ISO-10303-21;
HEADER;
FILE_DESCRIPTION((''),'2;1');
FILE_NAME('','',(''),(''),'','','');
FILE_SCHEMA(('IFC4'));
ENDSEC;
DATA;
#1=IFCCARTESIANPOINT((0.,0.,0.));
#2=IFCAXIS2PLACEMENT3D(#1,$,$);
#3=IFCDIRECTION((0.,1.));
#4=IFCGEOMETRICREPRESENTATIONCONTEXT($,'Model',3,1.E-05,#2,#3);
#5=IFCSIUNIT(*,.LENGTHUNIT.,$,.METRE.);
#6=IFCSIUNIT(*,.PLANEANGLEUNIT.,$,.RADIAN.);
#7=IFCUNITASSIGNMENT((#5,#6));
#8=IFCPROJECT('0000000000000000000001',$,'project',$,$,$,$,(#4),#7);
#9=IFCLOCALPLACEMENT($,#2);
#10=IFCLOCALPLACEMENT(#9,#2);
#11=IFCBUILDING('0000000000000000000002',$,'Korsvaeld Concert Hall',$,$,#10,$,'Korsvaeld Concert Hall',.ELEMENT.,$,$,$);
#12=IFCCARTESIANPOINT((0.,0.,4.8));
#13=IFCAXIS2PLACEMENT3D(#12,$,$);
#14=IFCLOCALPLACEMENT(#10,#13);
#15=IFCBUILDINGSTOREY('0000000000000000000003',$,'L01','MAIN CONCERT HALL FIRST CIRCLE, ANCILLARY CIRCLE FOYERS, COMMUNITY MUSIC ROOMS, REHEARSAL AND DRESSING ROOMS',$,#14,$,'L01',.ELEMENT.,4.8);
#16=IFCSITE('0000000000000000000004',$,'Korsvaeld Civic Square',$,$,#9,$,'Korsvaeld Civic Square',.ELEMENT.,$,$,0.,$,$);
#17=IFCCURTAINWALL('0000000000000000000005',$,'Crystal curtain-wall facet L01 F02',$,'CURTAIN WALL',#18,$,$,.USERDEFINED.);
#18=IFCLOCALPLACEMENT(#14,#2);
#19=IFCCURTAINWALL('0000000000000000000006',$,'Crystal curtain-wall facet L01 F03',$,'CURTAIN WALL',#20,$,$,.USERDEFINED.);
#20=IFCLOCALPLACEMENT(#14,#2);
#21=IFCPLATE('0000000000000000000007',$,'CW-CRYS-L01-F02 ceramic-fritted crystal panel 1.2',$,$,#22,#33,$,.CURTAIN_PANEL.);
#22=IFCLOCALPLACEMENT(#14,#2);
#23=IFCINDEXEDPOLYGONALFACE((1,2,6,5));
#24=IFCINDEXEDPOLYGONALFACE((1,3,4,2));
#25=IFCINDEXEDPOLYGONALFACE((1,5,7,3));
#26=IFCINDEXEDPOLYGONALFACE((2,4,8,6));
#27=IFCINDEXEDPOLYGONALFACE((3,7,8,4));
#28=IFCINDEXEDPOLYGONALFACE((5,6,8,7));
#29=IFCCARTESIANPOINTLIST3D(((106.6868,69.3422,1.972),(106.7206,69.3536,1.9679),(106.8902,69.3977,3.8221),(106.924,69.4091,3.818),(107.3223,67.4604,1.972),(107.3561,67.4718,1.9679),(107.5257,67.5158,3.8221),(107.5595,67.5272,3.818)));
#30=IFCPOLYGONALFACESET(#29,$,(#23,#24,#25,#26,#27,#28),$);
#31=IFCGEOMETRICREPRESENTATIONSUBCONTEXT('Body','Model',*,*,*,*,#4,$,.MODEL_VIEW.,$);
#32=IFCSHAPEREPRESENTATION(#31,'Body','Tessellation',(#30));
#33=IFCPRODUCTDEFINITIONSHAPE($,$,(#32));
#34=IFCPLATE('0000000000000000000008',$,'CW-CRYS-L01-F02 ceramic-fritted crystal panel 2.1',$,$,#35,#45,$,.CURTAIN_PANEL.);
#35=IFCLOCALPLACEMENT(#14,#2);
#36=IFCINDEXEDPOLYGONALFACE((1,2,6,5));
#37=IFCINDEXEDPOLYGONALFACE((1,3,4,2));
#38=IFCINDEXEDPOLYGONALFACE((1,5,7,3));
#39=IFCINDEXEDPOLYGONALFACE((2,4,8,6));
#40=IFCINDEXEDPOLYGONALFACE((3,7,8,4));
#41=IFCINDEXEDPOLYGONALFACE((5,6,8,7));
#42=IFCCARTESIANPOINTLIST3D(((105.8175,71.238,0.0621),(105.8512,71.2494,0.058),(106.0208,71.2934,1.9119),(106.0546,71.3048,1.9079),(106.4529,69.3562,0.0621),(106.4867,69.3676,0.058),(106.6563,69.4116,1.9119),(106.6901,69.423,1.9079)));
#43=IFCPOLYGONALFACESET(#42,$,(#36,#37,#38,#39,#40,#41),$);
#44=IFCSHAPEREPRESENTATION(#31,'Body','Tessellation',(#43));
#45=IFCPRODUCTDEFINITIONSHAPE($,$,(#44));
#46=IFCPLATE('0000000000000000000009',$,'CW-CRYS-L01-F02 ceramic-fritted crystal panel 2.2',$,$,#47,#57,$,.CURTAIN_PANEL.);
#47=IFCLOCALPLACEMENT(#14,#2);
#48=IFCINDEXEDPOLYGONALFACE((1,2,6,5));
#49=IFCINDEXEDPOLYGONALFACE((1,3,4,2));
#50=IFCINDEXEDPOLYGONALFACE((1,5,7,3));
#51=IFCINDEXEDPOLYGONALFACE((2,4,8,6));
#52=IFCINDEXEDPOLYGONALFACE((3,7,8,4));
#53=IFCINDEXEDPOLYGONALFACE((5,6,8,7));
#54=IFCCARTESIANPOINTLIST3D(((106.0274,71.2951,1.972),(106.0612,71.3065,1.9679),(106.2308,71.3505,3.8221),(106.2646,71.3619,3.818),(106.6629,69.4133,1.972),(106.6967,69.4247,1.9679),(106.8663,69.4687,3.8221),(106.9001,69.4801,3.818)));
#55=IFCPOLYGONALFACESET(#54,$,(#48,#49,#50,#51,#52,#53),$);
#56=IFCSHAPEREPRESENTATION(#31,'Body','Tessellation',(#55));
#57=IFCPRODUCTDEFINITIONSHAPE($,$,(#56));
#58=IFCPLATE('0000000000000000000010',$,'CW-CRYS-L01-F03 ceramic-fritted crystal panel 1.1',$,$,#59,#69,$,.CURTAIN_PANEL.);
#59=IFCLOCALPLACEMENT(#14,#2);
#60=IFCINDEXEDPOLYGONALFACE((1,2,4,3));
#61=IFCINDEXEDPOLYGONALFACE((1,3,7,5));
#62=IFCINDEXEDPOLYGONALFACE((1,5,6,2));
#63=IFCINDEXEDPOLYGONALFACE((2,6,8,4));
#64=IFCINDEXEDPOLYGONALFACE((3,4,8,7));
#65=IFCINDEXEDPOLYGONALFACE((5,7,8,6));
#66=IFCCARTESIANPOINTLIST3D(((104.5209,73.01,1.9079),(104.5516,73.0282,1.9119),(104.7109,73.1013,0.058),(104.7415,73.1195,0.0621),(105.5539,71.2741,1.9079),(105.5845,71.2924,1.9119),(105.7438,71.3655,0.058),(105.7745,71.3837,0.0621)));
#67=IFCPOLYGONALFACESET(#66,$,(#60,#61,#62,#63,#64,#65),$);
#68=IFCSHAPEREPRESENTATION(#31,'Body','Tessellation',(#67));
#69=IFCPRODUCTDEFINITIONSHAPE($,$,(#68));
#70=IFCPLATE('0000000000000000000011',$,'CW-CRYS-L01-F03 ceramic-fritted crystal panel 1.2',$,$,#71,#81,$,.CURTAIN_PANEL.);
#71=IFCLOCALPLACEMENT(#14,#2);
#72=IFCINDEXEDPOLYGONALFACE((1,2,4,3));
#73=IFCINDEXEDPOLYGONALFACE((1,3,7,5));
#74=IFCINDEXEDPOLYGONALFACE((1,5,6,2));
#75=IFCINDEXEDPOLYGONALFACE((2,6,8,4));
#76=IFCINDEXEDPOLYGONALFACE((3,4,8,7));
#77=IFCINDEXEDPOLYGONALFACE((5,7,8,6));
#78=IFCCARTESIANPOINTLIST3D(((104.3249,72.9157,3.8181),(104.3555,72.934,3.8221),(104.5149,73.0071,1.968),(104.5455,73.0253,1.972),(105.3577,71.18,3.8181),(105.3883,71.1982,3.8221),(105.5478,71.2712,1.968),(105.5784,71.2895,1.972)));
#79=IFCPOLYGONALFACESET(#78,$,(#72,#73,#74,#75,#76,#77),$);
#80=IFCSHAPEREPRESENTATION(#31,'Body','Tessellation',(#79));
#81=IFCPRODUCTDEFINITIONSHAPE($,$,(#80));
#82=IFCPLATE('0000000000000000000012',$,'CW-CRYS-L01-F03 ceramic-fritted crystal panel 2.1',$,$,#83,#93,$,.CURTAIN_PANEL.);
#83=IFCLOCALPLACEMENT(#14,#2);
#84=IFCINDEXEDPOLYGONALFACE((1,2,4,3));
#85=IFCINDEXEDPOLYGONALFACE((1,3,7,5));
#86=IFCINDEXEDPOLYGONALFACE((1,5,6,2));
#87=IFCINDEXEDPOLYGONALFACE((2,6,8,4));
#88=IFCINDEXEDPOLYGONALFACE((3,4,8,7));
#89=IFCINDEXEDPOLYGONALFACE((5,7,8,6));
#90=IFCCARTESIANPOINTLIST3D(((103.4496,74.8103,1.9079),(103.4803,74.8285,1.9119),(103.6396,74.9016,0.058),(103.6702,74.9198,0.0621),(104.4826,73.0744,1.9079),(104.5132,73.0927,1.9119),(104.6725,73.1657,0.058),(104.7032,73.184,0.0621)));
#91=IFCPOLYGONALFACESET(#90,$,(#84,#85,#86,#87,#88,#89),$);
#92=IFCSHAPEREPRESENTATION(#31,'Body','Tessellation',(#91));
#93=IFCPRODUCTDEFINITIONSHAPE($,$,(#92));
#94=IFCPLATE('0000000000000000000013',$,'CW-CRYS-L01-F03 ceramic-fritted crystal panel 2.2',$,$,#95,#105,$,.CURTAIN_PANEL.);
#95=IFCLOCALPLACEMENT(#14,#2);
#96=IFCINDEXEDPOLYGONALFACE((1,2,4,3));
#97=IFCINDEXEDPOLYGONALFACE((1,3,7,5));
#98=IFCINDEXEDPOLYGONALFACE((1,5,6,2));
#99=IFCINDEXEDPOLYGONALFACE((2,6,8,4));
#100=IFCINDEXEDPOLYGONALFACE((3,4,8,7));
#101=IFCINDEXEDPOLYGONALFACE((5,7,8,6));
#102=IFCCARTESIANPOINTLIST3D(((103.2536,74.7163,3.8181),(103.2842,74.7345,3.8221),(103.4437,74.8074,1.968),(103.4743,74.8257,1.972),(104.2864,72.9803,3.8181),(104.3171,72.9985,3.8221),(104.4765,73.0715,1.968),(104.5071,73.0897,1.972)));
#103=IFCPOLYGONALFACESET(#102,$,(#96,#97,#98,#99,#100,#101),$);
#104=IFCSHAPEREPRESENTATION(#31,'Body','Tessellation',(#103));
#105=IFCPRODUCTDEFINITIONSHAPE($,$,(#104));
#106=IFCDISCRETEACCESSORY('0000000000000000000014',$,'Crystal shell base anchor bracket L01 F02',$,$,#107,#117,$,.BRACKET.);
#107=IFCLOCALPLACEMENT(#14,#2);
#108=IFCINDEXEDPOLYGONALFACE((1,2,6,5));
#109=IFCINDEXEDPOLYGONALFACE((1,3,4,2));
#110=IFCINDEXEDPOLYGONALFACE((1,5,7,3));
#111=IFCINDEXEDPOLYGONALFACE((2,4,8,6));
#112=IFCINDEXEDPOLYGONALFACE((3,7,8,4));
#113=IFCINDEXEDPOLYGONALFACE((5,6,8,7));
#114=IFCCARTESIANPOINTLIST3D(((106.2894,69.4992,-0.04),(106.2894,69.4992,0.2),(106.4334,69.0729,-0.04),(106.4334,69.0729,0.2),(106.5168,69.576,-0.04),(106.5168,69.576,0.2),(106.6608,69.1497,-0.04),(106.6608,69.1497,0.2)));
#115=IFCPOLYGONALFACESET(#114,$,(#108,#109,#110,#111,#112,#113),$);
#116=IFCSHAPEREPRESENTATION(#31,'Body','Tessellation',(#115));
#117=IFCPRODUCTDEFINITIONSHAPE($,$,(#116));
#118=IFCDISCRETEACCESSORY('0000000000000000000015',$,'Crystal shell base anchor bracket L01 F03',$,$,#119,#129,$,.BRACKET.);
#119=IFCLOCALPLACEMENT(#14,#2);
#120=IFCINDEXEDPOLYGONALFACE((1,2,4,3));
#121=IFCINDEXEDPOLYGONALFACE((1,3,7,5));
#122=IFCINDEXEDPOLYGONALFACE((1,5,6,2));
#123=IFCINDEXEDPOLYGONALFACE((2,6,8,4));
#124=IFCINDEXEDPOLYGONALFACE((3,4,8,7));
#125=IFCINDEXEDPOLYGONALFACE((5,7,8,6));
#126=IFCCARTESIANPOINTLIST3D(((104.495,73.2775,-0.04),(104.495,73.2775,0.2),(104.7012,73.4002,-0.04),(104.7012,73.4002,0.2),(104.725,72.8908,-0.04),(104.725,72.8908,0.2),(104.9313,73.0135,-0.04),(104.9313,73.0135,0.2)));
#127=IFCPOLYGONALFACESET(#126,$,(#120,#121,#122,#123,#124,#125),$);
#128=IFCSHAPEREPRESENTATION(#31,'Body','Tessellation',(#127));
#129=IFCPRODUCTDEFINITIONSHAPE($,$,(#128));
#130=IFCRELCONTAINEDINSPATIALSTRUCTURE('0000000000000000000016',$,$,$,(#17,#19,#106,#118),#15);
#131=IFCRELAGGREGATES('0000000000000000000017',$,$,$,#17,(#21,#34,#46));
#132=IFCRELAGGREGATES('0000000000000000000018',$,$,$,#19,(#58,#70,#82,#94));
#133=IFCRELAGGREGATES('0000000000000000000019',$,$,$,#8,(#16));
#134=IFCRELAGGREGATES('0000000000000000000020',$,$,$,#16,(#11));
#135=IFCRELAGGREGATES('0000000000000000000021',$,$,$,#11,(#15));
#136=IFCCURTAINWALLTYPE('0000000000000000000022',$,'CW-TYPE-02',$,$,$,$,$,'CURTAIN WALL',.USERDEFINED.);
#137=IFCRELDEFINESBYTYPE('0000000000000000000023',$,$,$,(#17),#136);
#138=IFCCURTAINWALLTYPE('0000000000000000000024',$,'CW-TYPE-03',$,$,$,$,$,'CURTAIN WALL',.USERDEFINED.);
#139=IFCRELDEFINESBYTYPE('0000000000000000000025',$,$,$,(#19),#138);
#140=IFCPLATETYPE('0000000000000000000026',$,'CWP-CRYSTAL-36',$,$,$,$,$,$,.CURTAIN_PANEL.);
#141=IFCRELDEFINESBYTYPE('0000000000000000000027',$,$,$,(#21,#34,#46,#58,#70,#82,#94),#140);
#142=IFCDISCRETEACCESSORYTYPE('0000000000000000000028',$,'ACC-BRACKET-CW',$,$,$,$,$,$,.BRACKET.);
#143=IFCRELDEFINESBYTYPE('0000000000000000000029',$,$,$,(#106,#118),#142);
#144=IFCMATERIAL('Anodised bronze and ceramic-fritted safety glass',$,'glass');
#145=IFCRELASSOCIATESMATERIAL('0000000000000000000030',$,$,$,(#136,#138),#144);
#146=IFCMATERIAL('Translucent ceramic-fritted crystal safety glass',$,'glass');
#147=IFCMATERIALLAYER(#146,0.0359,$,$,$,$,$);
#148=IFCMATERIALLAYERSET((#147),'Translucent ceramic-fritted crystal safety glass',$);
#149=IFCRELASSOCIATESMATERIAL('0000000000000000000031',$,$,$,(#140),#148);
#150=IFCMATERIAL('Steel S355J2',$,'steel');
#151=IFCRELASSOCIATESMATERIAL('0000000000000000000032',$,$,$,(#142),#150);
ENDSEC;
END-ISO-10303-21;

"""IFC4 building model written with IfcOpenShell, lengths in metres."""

from ifc_helpers import new_model, si_unit, direction, frame, origin, origin_2d, place, context, subcontext, project, spatial, polyline, rectangle, outline, extrude, material, layer, layer_set, type_object, element, aggregate, save


model = new_model("IFC4")

# Units and contexts
model_context = context("Model", 3, precision=1e-05, world=origin(), true_north=direction((0.0, 1.0)))
body_context = subcontext(model_context, "Body", "Model", "MODEL_VIEW")
ifc_project = project(units=[si_unit("LENGTHUNIT", "METRE"), si_unit("PLANEANGLEUNIT", "RADIAN")], contexts=[model_context])

# Site, building, storey
site_placement = place(None, origin())
site = spatial("IfcSite", under=ifc_project, at=site_placement, Name="Korsvaeld Civic Square", LongName="Korsvaeld Civic Square", CompositionType="ELEMENT", RefElevation=0.0)
building_placement = place(site_placement, origin())
building = spatial("IfcBuilding", under=site, at=building_placement, Name="Korsvaeld Concert Hall", LongName="Korsvaeld Concert Hall", CompositionType="ELEMENT")
storey_placement = place(building_placement, frame((0.0, 0.0, 4.8)))
storey = spatial("IfcBuildingStorey", under=building, at=storey_placement, Name="L01", Description="MAIN CONCERT HALL FIRST CIRCLE, ANCILLARY CIRCLE FOYERS, COMMUNITY MUSIC ROOMS, REHEARSAL AND DRESSING ROOMS", LongName="L01", CompositionType="ELEMENT", Elevation=4.8)

# Curtain walls
ifc_material_1 = material(Name="Anodised bronze and ceramic-fritted safety glass", Category="glass")
curtain_wall_type_1 = type_object("IfcCurtainWallType", Name="CW-TYPE-02", ElementType="CURTAIN WALL", PredefinedType="USERDEFINED", material=ifc_material_1)
curtain_wall_1_placement = place(storey_placement, origin())
curtain_wall_1 = element("IfcCurtainWall", 1, at=curtain_wall_1_placement, inside=storey, type_object=curtain_wall_type_1, Name="Crystal curtain-wall facet L01 F02", ObjectType="CURTAIN WALL", PredefinedType="USERDEFINED")
curtain_wall_type_2 = type_object("IfcCurtainWallType", Name="CW-TYPE-03", ElementType="CURTAIN WALL", PredefinedType="USERDEFINED", material=ifc_material_1)
curtain_wall_2_placement = place(storey_placement, origin())
curtain_wall_2 = element("IfcCurtainWall", 2, at=curtain_wall_2_placement, inside=storey, type_object=curtain_wall_type_2, Name="Crystal curtain-wall facet L01 F03", ObjectType="CURTAIN WALL", PredefinedType="USERDEFINED")

# Plates
ifc_material_2 = material(Name="Translucent ceramic-fritted crystal safety glass", Category="glass")
ifc_layer = layer(ifc_material_2, 0.0359)
ifc_layer_set = layer_set([ifc_layer], Name="Translucent ceramic-fritted crystal safety glass")
plate_type = type_object("IfcPlateType", Name="CWP-CRYSTAL-36", PredefinedType="CURTAIN_PANEL", material=ifc_layer_set)
plate_1_placement = place(storey_placement, frame((107.3391, 67.4661, 1.97), z_axis=(0.941366, 0.3179, -0.113001), x_axis=(-0.31995, 0.947435, 0.0)))
plate_1 = element("IfcPlate", 3, at=plate_1_placement, type_object=plate_type, Name="CW-CRYS-L01-F02 ceramic-fritted crystal panel 1.2", PredefinedType="CURTAIN_PANEL", context=body_context, shape_type="SweptSolid", body=[
    extrude(outline(polyline([(0.0, 0.0), (1.9862, 0.0), (1.9737, 1.862), (-0.0126, 1.862), (0.0, 0.0)])), frame((0.0, 0.0, 0.0181)), (0.0, 0.0, -1.0), 0.0359),
])
plate_2_placement = place(storey_placement, frame((106.4697, 69.3618, 0.0601), z_axis=(0.941365, 0.3179, -0.113016), x_axis=(-0.31995, 0.947435, 0.0)))
plate_2 = element("IfcPlate", 4, at=plate_2_placement, type_object=plate_type, Name="CW-CRYS-L01-F02 ceramic-fritted crystal panel 2.1", PredefinedType="CURTAIN_PANEL", context=body_context, shape_type="SweptSolid", body=[
    extrude(outline(polyline([(0.0, 0.0), (1.9862, 0.0), (1.9737, 1.8618), (-0.0126, 1.8618), (0.0, 0.0)])), frame((0.0, 0.0, 0.0181)), (0.0, 0.0, -1.0), 0.0359),
])
plate_3_placement = place(storey_placement, frame((106.6797, 69.4189, 1.97), z_axis=(0.941366, 0.3179, -0.113001), x_axis=(-0.31995, 0.947435, 0.0)))
plate_3 = element("IfcPlate", 5, at=plate_3_placement, type_object=plate_type, Name="CW-CRYS-L01-F02 ceramic-fritted crystal panel 2.2", PredefinedType="CURTAIN_PANEL", context=body_context, shape_type="SweptSolid", body=[
    extrude(outline(polyline([(0.0, 0.0), (1.9862, 0.0), (1.9737, 1.862), (-0.0126, 1.862), (0.0, 0.0)])), frame((0.0, 0.0, 0.0181)), (0.0, 0.0, -1.0), 0.0359),
])
aggregate(curtain_wall_1, [plate_1, plate_2, plate_3])
plate_4_placement = place(storey_placement, frame((105.759, 71.3745, 0.0601), z_axis=(0.853873, 0.508121, 0.112756), x_axis=(-0.511382, 0.859354, 0.0)))
plate_4 = element("IfcPlate", 6, at=plate_4_placement, type_object=plate_type, Name="CW-CRYS-L01-F03 ceramic-fritted crystal panel 1.1", PredefinedType="CURTAIN_PANEL", context=body_context, shape_type="SweptSolid", body=[
    extrude(outline(polyline([(0.0, 0.0), (2.0199, 0.0), (2.0386, 1.8617), (0.0187, 1.8617), (0.0, 0.0)])), frame((0.0, 0.0, 0.0181)), (0.0, 0.0, -1.0), 0.0359),
])
plate_5_placement = place(storey_placement, frame((105.563, 71.2803, 1.97), z_axis=(0.853896, 0.508074, 0.112797), x_axis=(-0.511338, 0.85938, 0.000006)))
plate_5 = element("IfcPlate", 7, at=plate_5_placement, type_object=plate_type, Name="CW-CRYS-L01-F03 ceramic-fritted crystal panel 1.2", PredefinedType="CURTAIN_PANEL", context=body_context, shape_type="SweptSolid", body=[
    extrude(outline(polyline([(0.0, 0.0), (2.0199, 0.0), (2.0386, 1.862), (0.0188, 1.862), (0.0, 0.0)])), frame((0.0, 0.0, 0.0181)), (0.0, 0.0, -1.0), 0.0359),
])
plate_6_placement = place(storey_placement, frame((104.6877, 73.1748, 0.0601), z_axis=(0.853873, 0.508121, 0.112756), x_axis=(-0.511382, 0.859354, 0.0)))
plate_6 = element("IfcPlate", 8, at=plate_6_placement, type_object=plate_type, Name="CW-CRYS-L01-F03 ceramic-fritted crystal panel 2.1", PredefinedType="CURTAIN_PANEL", context=body_context, shape_type="SweptSolid", body=[
    extrude(outline(polyline([(0.0, 0.0), (2.0199, 0.0), (2.0386, 1.8617), (0.0187, 1.8617), (0.0, 0.0)])), frame((0.0, 0.0, 0.0181)), (0.0, 0.0, -1.0), 0.0359),
])
plate_7_placement = place(storey_placement, frame((104.4917, 73.0806, 1.97), z_axis=(0.853915, 0.508049, 0.112764), x_axis=(-0.511312, 0.859395, 0.000009)))
plate_7 = element("IfcPlate", 9, at=plate_7_placement, type_object=plate_type, Name="CW-CRYS-L01-F03 ceramic-fritted crystal panel 2.2", PredefinedType="CURTAIN_PANEL", context=body_context, shape_type="SweptSolid", body=[
    extrude(outline(polyline([(0.0, 0.0), (2.0199, 0.0), (2.0388, 1.862), (0.0188, 1.862), (0.0, 0.0)])), frame((0.0, 0.0, 0.0181)), (0.0, 0.0, -1.0), 0.0359),
])
aggregate(curtain_wall_2, [plate_4, plate_5, plate_6, plate_7])

# Discrete accessories
ifc_material_3 = material(Name="Steel S355J2", Category="steel")
discrete_accessory_type = type_object("IfcDiscreteAccessoryType", Name="ACC-BRACKET-CW", PredefinedType="BRACKET", material=ifc_material_3)
for number, where, z_axis, x_axis, name in (
    (10, (106.4751, 69.3245, -0.04), (0.0, 0.0, 1.0), (-0.319952, 0.947434, 0.0), "Crystal shell base anchor bracket L01 F02"),
    (11, (104.7131, 73.1455, -0.04), (0.0, 0.0, 1.0), (-0.511293, 0.859406, 0.0), "Crystal shell base anchor bracket L01 F03"),
):
    element("IfcDiscreteAccessory", number, at=place(storey_placement, frame(where, z_axis=z_axis, x_axis=x_axis)), inside=storey, type_object=discrete_accessory_type, Name=name, PredefinedType="BRACKET", context=body_context, shape_type="SweptSolid", body=[
        extrude(rectangle(XDim=0.45, YDim=0.24, at=origin_2d()), origin(), (0.0, 0.0, 1.0), 0.24),
    ])

save(model, "model.ifc")
